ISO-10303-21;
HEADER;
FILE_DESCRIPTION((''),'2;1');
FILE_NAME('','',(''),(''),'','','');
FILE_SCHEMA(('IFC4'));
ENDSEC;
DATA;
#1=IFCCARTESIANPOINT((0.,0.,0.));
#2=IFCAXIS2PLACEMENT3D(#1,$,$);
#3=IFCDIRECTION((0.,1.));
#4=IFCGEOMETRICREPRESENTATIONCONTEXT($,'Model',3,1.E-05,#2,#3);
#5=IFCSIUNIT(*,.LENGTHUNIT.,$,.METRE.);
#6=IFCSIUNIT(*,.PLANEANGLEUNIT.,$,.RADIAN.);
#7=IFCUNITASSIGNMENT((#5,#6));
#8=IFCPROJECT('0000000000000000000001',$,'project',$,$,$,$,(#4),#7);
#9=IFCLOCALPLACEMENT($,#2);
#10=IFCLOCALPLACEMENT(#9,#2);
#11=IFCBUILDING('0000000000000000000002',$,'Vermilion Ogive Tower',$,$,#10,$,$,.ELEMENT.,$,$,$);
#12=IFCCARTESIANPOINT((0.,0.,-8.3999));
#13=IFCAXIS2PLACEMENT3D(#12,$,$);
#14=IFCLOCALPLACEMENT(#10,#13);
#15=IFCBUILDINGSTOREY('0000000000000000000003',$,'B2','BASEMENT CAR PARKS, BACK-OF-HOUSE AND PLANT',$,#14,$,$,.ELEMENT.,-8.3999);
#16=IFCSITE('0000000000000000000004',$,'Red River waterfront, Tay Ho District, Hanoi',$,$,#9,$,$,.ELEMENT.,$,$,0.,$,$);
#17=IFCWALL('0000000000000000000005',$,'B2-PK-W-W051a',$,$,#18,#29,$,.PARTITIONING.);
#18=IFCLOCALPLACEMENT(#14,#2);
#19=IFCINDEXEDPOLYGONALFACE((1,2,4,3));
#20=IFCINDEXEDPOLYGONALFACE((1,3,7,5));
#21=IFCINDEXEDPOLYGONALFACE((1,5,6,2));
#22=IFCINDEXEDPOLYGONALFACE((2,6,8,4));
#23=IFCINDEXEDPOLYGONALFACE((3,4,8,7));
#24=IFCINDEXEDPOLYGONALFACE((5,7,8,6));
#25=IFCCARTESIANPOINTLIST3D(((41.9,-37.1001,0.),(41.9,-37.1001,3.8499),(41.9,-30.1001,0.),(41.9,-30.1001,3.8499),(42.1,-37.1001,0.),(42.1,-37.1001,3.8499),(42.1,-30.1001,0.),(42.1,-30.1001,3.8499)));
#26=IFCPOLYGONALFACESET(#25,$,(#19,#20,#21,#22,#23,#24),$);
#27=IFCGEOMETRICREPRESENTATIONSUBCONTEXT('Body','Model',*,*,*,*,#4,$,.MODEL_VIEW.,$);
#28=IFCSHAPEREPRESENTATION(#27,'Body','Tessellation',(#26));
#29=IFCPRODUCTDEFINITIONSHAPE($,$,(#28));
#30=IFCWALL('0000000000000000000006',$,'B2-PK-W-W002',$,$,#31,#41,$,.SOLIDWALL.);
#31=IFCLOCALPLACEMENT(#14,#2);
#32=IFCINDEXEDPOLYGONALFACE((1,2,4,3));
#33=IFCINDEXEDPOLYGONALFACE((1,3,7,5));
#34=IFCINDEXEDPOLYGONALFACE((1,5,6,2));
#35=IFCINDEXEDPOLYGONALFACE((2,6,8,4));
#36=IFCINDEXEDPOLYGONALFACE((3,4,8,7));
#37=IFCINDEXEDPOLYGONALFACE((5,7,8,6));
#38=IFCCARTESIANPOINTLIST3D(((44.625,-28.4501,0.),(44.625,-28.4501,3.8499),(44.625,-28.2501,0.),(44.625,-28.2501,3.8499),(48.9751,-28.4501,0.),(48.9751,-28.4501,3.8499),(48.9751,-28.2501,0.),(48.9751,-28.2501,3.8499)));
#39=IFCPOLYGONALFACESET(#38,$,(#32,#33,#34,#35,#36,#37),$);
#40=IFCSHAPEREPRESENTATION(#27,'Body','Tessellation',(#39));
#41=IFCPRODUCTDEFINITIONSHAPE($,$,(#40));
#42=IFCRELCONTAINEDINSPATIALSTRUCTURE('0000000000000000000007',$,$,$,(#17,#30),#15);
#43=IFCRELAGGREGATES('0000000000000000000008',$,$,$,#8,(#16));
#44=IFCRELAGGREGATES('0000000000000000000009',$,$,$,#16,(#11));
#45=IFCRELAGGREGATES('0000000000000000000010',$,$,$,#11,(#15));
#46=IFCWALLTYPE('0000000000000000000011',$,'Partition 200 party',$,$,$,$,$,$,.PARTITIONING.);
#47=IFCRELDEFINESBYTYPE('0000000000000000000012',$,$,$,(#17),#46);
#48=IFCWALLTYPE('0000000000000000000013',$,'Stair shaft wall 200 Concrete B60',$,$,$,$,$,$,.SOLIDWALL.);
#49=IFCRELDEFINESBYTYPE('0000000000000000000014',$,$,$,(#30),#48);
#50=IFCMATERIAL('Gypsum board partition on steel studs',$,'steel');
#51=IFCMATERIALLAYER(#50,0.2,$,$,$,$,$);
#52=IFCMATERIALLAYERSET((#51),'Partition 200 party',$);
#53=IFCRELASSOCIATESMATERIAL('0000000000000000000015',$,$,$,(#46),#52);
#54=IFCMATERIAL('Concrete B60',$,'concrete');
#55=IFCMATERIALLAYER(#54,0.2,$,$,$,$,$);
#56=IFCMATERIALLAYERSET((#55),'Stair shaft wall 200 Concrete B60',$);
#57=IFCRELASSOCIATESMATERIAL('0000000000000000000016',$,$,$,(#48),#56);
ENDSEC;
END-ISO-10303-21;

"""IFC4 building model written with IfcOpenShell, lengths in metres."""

from ifc_helpers import new_model, si_unit, direction, frame, frame_2d, origin, place, context, subcontext, project, spatial, rectangle, extrude, material, layer, layer_set, type_object, element, save


model = new_model("IFC4")

# Units and contexts
model_context = context("Model", 3, precision=1e-05, world=origin(), true_north=direction((0.0, 1.0)))
body_context = subcontext(model_context, "Body", "Model", "MODEL_VIEW")
ifc_project = project(units=[si_unit("LENGTHUNIT", "METRE"), si_unit("PLANEANGLEUNIT", "RADIAN")], contexts=[model_context])

# Site, building, storey
site_placement = place(None, origin())
site = spatial("IfcSite", under=ifc_project, at=site_placement, Name="Red River waterfront, Tay Ho District, Hanoi", CompositionType="ELEMENT", RefElevation=0.0)
building_placement = place(site_placement, origin())
building = spatial("IfcBuilding", under=site, at=building_placement, Name="Vermilion Ogive Tower", CompositionType="ELEMENT")
storey_placement = place(building_placement, frame((0.0, 0.0, -8.3999)))
storey = spatial("IfcBuildingStorey", under=building, at=storey_placement, Name="B2", Description="BASEMENT CAR PARKS, BACK-OF-HOUSE AND PLANT", CompositionType="ELEMENT", Elevation=-8.3999)

# Walls
ifc_material_1 = material(Name="Gypsum board partition on steel studs", Category="steel")
ifc_layer_1 = layer(ifc_material_1, 0.2)
ifc_layer_set_1 = layer_set([ifc_layer_1], Name="Partition 200 party")
wall_type_1 = type_object("IfcWallType", Name="Partition 200 party", PredefinedType="PARTITIONING", material=ifc_layer_set_1)
wall_1_placement = place(storey_placement, frame((42.0, -37.1001, 0.0), z_axis=(0.0, 0.0, 1.0), x_axis=(0.0, 1.0, 0.0)))
element("IfcWall", 1, at=wall_1_placement, inside=storey, type_object=wall_type_1, Name="B2-PK-W-W051a", PredefinedType="PARTITIONING", context=body_context, shape_type="SweptSolid", body=[
    extrude(rectangle(XDim=7.0, YDim=0.2, at=frame_2d((3.5, 0.0))), origin(), (0.0, 0.0, 1.0), 3.8499),
])
ifc_material_2 = material(Name="Concrete B60", Category="concrete")
ifc_layer_2 = layer(ifc_material_2, 0.2)
ifc_layer_set_2 = layer_set([ifc_layer_2], Name="Stair shaft wall 200 Concrete B60")
wall_type_2 = type_object("IfcWallType", Name="Stair shaft wall 200 Concrete B60", PredefinedType="SOLIDWALL", material=ifc_layer_set_2)
wall_2_placement = place(storey_placement, frame((44.625, -28.3501, 0.0), z_axis=(0.0, 0.0, 1.0), x_axis=(1.0, 0.0, 0.0)))
element("IfcWall", 2, at=wall_2_placement, inside=storey, type_object=wall_type_2, Name="B2-PK-W-W002", PredefinedType="SOLIDWALL", context=body_context, shape_type="SweptSolid", body=[
    extrude(rectangle(XDim=4.3501, YDim=0.2, at=frame_2d((2.175, 0.0))), origin(), (0.0, 0.0, 1.0), 3.8499),
])

save(model, "model.ifc")
